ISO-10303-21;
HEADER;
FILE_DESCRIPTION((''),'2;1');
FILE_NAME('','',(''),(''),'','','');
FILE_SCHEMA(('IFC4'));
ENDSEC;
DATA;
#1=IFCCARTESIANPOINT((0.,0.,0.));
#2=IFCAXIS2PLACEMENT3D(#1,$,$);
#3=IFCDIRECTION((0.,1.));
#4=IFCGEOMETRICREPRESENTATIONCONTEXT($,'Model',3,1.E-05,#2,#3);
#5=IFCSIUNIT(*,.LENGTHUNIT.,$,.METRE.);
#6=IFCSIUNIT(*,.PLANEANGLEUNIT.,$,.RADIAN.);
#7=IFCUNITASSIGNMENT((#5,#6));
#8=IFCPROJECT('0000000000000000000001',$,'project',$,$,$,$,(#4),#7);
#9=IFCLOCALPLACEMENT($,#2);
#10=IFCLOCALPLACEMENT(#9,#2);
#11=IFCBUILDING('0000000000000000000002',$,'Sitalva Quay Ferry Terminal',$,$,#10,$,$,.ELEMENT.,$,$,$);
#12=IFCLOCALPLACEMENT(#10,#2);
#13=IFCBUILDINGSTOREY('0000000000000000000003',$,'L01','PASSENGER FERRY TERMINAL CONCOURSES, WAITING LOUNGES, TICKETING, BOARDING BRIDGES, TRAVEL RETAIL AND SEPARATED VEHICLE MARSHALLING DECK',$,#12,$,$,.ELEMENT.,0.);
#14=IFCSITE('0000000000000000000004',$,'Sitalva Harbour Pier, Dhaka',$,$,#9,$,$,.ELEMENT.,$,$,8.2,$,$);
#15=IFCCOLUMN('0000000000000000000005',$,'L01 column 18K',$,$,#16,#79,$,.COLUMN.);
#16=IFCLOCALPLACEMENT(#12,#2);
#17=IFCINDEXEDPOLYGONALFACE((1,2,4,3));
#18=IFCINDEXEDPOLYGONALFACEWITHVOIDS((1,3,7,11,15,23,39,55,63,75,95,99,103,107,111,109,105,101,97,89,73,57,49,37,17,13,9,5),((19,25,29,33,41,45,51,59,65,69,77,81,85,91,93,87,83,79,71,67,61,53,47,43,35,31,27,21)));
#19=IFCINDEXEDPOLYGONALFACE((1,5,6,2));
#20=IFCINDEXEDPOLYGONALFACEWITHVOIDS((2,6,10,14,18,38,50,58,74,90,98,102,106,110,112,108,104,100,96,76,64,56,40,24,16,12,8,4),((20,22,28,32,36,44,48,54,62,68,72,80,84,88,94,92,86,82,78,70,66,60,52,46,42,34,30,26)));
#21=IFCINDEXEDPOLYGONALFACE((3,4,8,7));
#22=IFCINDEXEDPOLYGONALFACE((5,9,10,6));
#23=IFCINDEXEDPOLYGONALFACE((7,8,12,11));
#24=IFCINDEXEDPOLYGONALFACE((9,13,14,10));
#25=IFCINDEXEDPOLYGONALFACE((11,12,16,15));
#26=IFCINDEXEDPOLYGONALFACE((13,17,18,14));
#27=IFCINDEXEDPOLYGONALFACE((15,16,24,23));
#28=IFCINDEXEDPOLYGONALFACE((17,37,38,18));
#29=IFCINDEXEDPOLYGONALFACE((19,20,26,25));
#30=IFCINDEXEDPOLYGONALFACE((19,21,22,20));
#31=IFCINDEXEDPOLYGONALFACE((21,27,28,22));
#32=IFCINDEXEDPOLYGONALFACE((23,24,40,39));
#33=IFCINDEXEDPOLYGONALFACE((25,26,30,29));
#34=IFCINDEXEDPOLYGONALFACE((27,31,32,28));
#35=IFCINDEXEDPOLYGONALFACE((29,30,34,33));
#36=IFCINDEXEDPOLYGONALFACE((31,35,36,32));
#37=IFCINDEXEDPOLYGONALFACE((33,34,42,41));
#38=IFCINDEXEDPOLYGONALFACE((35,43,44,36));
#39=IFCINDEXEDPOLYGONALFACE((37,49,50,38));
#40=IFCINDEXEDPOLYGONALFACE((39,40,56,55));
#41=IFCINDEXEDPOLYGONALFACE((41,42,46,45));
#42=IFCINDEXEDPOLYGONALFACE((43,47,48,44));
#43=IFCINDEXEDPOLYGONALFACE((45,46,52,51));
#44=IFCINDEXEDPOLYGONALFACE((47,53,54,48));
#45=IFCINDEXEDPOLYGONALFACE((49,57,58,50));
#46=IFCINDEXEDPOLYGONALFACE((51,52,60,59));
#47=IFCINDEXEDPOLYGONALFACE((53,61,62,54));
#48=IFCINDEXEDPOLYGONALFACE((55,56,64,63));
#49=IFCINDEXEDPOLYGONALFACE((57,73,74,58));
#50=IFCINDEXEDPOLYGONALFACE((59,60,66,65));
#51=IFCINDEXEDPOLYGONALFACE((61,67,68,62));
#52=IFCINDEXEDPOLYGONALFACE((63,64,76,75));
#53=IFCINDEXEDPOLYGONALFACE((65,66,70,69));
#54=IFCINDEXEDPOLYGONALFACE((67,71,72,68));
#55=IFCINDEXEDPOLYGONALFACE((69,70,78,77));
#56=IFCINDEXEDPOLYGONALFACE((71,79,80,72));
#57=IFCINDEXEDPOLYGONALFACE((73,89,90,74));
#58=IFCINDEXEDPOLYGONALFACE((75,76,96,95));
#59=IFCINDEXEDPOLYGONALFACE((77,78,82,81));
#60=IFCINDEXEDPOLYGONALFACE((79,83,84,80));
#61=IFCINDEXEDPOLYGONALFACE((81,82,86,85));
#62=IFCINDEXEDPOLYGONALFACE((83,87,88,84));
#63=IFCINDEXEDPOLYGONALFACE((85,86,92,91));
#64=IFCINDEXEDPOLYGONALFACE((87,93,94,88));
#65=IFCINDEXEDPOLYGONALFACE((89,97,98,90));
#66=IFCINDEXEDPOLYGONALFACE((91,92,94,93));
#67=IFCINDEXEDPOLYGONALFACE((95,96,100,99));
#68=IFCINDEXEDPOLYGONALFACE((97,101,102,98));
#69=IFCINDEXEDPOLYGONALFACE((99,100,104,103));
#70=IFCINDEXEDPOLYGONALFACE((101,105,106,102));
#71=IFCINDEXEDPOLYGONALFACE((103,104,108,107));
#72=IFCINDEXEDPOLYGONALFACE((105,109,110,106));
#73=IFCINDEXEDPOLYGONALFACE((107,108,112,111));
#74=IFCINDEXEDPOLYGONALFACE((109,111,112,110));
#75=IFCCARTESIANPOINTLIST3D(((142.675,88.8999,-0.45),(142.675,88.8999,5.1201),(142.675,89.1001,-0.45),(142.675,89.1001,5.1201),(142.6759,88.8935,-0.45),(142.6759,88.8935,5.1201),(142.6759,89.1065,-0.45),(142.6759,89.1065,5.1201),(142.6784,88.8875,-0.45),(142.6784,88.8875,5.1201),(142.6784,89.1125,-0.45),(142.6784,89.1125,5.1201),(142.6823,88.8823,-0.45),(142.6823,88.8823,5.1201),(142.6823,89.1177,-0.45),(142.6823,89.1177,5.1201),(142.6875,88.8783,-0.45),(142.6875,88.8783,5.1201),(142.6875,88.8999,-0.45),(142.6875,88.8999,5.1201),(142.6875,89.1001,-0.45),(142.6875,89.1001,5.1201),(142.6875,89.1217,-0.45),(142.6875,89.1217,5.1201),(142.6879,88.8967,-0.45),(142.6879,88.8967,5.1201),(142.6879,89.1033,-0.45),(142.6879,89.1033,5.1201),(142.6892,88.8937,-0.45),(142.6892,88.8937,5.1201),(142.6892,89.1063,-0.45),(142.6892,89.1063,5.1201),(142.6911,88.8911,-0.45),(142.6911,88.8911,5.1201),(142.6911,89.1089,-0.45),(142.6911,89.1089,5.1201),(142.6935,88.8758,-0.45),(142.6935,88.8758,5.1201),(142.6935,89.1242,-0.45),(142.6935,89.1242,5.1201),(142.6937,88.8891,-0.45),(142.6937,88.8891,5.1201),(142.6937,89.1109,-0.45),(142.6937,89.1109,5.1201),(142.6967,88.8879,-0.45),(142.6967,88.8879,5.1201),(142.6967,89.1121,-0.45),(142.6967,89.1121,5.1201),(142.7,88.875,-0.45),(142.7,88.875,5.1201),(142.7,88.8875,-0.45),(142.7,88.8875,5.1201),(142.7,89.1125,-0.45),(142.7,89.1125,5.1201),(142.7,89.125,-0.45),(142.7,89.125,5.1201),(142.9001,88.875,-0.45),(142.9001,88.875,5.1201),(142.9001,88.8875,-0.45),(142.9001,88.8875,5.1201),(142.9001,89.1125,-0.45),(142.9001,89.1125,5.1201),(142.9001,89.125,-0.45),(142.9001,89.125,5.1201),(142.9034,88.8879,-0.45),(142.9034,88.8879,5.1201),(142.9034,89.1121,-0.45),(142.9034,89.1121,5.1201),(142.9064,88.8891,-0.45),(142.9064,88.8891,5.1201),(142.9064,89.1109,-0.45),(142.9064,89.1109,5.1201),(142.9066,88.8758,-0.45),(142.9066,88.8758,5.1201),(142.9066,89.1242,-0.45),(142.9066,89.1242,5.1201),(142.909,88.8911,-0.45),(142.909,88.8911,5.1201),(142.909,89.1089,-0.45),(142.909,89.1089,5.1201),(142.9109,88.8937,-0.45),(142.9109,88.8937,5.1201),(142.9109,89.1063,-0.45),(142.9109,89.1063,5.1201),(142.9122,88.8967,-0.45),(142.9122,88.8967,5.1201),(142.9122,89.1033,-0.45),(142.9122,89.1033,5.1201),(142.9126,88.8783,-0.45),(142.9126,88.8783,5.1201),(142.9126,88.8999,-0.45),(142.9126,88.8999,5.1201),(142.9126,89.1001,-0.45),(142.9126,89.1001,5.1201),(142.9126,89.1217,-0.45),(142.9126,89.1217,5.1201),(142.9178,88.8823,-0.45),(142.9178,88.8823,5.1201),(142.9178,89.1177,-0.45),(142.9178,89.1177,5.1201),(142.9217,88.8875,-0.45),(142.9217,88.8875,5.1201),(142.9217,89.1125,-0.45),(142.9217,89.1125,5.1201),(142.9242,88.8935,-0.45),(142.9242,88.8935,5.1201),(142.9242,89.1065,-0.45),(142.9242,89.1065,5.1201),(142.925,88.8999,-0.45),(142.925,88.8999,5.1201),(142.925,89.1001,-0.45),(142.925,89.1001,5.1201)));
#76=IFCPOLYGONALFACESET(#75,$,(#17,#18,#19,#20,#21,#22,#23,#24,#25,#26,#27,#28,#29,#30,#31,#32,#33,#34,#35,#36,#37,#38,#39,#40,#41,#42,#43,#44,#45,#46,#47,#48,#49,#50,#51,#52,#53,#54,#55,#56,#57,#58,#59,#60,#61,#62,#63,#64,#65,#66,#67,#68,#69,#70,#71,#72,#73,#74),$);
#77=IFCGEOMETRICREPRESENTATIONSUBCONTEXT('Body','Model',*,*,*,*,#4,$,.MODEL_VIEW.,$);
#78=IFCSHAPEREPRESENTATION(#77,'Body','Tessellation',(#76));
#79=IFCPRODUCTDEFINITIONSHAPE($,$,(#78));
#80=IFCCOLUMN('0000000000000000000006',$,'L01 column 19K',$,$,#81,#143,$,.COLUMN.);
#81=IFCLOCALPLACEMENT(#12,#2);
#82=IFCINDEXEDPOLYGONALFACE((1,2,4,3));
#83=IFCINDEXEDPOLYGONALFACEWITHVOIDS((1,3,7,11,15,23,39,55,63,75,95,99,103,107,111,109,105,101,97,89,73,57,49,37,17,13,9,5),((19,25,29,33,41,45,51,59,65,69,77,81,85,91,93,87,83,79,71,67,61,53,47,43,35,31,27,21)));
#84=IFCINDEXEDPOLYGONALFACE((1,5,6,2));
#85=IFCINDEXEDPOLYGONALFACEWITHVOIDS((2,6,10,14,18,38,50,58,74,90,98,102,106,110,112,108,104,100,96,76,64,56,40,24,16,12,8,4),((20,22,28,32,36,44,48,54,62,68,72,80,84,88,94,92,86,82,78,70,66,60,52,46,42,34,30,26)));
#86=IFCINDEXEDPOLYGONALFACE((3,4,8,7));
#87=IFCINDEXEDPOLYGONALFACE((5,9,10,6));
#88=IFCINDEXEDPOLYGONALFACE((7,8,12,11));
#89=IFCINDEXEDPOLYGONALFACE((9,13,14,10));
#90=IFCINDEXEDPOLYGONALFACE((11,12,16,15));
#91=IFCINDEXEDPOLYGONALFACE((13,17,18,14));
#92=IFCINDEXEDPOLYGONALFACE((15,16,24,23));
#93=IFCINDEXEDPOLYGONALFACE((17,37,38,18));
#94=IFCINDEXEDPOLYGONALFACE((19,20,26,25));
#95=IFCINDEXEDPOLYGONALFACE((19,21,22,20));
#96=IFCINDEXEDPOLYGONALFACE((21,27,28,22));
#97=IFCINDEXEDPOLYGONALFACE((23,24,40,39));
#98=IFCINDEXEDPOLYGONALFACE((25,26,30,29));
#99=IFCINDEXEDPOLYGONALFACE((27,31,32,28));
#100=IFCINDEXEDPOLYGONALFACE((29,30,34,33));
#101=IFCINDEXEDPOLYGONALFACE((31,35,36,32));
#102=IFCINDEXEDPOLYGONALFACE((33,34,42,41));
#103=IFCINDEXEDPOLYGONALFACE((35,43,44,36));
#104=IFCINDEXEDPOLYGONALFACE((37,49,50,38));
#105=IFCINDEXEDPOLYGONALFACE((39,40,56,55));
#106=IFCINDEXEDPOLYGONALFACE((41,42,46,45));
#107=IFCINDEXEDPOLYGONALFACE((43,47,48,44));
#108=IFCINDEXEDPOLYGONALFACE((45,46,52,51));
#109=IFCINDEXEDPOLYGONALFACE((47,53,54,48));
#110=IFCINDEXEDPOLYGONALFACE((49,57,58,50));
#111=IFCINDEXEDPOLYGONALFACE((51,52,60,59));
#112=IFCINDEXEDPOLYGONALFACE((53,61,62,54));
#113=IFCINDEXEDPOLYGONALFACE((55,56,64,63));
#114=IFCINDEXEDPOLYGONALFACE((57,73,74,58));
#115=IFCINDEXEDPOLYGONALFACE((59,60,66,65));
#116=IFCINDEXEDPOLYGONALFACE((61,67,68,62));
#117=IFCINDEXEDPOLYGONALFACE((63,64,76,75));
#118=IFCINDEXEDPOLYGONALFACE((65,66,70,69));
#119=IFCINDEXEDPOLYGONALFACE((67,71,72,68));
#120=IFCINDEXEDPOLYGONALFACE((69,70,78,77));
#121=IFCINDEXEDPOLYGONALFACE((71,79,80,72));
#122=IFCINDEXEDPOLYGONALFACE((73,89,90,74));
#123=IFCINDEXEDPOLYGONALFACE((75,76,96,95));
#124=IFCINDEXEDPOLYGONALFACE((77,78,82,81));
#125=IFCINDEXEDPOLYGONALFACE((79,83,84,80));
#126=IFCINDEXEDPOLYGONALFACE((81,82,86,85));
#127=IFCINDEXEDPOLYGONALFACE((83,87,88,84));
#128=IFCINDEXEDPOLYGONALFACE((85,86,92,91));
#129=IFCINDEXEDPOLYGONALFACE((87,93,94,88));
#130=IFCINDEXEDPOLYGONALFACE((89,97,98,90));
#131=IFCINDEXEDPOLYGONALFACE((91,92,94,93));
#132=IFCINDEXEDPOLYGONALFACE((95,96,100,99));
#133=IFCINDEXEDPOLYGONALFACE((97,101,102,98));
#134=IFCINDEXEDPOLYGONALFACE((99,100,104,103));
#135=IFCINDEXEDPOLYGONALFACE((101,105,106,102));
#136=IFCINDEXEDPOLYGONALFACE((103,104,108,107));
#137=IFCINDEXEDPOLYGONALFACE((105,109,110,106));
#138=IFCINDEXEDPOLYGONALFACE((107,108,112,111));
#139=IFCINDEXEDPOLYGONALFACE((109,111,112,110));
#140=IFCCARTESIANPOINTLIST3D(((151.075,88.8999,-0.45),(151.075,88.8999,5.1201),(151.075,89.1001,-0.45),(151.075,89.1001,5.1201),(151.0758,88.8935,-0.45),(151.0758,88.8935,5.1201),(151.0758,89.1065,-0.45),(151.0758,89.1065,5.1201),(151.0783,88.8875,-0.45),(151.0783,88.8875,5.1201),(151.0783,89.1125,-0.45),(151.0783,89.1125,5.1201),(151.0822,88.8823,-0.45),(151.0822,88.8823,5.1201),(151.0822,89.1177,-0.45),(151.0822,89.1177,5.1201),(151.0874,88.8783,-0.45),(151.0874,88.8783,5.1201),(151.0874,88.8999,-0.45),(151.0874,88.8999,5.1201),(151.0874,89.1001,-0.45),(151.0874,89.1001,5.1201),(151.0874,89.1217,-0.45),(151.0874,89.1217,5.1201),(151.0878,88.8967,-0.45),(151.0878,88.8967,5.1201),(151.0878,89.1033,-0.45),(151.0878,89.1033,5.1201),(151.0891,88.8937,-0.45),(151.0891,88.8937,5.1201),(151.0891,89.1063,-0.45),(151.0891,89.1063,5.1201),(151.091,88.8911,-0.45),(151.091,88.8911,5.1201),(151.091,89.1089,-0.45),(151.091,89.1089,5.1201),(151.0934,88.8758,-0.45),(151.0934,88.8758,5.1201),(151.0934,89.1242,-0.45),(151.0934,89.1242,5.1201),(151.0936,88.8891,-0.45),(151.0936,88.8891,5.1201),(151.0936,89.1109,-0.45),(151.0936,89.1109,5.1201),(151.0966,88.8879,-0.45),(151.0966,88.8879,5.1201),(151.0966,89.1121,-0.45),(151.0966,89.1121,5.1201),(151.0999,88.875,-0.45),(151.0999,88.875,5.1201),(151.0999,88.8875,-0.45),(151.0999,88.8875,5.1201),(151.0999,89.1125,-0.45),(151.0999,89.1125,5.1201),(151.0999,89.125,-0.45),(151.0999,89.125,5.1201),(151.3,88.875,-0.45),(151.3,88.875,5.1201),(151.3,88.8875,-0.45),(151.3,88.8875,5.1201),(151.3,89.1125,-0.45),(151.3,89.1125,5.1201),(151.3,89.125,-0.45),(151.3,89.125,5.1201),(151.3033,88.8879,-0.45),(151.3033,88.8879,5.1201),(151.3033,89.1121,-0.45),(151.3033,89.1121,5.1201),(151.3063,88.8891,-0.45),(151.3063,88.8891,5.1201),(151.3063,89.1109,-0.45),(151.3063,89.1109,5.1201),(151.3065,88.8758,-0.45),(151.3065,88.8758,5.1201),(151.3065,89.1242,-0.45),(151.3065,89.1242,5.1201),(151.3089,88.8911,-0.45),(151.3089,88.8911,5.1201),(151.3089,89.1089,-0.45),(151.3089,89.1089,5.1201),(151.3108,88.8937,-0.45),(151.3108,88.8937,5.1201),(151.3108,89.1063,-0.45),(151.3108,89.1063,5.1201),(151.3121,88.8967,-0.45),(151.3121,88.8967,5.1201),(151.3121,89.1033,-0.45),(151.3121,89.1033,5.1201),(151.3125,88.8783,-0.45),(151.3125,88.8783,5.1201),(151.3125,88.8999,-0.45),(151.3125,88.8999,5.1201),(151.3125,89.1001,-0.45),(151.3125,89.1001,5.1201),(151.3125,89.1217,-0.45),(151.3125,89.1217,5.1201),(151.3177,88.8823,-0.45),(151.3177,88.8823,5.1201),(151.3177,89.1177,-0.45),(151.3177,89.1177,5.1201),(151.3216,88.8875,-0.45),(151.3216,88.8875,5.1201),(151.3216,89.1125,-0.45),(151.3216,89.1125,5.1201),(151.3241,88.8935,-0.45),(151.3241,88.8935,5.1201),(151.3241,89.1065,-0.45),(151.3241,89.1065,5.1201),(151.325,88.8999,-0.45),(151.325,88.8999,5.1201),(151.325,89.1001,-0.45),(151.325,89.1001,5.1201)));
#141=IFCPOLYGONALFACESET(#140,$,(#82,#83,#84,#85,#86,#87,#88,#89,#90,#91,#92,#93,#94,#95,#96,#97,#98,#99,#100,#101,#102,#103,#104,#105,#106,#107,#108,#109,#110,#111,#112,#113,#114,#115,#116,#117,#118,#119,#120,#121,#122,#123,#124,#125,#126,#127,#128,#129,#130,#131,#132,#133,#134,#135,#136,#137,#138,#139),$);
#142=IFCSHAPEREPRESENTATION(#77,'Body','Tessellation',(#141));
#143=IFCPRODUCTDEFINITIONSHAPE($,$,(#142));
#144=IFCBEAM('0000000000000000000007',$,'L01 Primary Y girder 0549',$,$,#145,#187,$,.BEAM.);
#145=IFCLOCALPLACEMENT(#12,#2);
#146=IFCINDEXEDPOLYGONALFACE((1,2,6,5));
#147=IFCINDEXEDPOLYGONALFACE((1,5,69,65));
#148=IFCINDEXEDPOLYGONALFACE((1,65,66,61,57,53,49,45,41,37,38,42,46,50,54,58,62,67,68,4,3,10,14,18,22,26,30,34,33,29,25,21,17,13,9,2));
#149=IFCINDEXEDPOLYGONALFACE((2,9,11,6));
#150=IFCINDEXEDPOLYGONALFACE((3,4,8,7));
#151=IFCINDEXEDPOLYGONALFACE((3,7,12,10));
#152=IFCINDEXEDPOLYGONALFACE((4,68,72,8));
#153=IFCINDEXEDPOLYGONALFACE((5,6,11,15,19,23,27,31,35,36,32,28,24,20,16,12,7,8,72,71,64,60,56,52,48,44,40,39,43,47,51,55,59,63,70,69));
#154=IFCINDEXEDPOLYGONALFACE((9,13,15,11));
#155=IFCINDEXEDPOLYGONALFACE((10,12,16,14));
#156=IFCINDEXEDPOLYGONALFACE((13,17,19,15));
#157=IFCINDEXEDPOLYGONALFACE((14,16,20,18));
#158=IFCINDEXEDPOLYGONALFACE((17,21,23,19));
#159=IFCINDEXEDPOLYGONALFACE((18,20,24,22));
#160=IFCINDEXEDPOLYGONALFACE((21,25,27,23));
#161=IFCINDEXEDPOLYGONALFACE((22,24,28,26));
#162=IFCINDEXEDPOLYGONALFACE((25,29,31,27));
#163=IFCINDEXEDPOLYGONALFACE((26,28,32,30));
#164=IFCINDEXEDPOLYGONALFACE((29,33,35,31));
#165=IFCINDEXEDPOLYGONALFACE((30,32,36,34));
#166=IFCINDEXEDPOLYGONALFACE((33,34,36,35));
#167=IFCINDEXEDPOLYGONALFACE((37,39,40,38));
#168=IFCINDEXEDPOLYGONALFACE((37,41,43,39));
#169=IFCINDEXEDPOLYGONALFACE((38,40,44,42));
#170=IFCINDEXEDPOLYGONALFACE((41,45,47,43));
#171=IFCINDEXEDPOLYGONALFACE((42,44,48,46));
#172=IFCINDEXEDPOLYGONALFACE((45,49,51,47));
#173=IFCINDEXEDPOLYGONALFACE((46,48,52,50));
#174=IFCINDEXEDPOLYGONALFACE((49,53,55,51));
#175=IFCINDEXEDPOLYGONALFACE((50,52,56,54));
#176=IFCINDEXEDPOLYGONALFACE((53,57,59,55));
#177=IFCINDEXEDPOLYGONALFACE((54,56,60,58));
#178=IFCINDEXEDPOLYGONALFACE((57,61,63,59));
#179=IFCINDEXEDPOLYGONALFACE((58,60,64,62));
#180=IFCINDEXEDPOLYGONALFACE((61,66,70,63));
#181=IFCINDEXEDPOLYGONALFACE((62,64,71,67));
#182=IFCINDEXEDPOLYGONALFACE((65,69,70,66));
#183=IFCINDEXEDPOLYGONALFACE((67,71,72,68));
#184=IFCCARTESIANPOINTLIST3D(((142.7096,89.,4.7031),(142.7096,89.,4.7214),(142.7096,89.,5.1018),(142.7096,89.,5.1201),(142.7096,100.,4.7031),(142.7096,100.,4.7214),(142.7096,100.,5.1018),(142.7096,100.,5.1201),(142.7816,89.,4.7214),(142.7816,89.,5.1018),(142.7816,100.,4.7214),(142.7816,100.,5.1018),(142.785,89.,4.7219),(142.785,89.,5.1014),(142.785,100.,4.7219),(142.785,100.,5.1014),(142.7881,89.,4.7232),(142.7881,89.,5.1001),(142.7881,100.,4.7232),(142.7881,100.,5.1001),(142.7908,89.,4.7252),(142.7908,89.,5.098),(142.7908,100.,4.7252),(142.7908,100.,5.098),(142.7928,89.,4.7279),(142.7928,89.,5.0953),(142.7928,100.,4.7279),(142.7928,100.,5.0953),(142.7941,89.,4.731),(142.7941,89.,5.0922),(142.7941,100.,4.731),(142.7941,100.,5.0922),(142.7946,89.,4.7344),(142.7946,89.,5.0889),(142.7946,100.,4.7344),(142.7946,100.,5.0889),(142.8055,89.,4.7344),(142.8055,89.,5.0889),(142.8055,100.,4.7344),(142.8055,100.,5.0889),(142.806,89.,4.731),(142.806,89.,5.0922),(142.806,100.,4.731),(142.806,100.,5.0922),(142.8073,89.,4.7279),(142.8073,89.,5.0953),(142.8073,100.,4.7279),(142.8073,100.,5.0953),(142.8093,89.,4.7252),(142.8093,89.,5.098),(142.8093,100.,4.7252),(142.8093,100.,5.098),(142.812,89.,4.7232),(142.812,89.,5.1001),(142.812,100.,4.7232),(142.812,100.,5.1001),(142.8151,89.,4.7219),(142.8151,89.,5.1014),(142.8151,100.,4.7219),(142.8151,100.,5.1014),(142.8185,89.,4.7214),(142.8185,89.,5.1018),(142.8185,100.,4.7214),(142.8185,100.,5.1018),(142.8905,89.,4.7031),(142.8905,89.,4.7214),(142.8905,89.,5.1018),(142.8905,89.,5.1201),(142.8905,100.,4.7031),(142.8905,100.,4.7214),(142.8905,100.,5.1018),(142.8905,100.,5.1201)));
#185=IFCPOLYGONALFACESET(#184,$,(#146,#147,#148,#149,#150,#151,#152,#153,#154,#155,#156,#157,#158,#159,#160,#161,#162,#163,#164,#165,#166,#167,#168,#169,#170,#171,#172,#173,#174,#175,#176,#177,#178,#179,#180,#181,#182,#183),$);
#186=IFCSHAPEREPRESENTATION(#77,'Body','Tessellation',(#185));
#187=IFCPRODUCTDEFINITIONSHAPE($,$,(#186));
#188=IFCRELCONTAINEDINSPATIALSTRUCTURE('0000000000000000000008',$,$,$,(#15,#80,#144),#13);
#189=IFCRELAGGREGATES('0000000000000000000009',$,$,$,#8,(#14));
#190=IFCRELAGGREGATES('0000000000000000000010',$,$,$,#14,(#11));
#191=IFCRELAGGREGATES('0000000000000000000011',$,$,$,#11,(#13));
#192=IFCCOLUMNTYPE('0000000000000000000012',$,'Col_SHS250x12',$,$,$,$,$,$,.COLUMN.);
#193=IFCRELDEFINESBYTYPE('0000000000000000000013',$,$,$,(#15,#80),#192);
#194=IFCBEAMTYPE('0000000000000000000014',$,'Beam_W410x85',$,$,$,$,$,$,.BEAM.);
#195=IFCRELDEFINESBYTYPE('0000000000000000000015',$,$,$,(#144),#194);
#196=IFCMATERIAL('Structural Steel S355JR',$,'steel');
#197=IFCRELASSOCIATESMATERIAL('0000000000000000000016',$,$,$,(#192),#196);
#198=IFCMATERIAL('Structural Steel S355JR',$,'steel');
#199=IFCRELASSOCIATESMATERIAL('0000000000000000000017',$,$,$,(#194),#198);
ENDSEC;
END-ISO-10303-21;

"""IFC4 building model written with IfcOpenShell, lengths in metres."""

from ifc_helpers import new_model, si_unit, direction, frame, origin, origin_2d, place, context, subcontext, project, spatial, hollow_rectangle, i_section, extrude, material, material_profile, profile_set, type_object, element, save


model = new_model("IFC4")

# Units and contexts
model_context = context("Model", 3, precision=1e-05, world=origin(), true_north=direction((0.0, 1.0)))
body_context = subcontext(model_context, "Body", "Model", "MODEL_VIEW")
ifc_project = project(units=[si_unit("LENGTHUNIT", "METRE"), si_unit("PLANEANGLEUNIT", "RADIAN")], contexts=[model_context])

# Site, building, storey
site_placement = place(None, origin())
site = spatial("IfcSite", under=ifc_project, at=site_placement, Name="Sitalva Harbour Pier, Dhaka", CompositionType="ELEMENT", RefElevation=8.2)
building_placement = place(site_placement, origin())
building = spatial("IfcBuilding", under=site, at=building_placement, Name="Sitalva Quay Ferry Terminal", CompositionType="ELEMENT")
storey_placement = place(building_placement, origin())
storey = spatial("IfcBuildingStorey", under=building, at=storey_placement, Name="L01", Description="PASSENGER FERRY TERMINAL CONCOURSES, WAITING LOUNGES, TICKETING, BOARDING BRIDGES, TRAVEL RETAIL AND SEPARATED VEHICLE MARSHALLING DECK", CompositionType="ELEMENT", Elevation=0.0)

# Columns
ifc_material_1 = material(Name="Structural Steel S355JR", Category="steel")
ifc_material_profile_1 = material_profile(ifc_material_1, hollow_rectangle(XDim=0.25, YDim=0.25, WallThickness=0.0125, InnerFilletRadius=0.0125, OuterFilletRadius=0.0249, at=origin_2d()), Name="SHS250x250x12.5")
ifc_profile_set_1 = profile_set([ifc_material_profile_1], Name="Structural Steel S355JR")
column_type = type_object("IfcColumnType", Name="Col_SHS250x12", PredefinedType="COLUMN", material=ifc_profile_set_1)
for number, where, z_axis, x_axis, name in (
    (1, (142.8, 89.0, -0.45), (0.0, 0.0, 1.0), (1.0, 0.0, 0.0), "L01 column 18K"),
    (2, (151.2, 89.0, -0.45), (0.0, 0.0, 1.0), (1.0, 0.0, 0.0), "L01 column 19K"),
):
    element("IfcColumn", number, at=place(storey_placement, frame(where, z_axis=z_axis, x_axis=x_axis)), inside=storey, type_object=column_type, Name=name, PredefinedType="COLUMN", context=body_context, shape_type="SweptSolid", body=[
        extrude(hollow_rectangle(XDim=0.25, YDim=0.25, WallThickness=0.0125, InnerFilletRadius=0.0125, OuterFilletRadius=0.0249, at=origin_2d()), origin(), (0.0, 0.0, 1.0), 5.5701),
    ])

# Beam
ifc_material_2 = material(Name="Structural Steel S355JR", Category="steel")
ifc_material_profile_2 = material_profile(ifc_material_2, i_section(OverallWidth=0.1809, OverallDepth=0.417, WebThickness=0.011, FlangeThickness=0.0183, FilletRadius=0.0129, at=origin_2d()), Name="W410x85")
ifc_profile_set_2 = profile_set([ifc_material_profile_2], Name="Structural Steel S355JR")
beam_type_1 = type_object("IfcBeamType", Name="Beam_W410x85", PredefinedType="BEAM", material=ifc_profile_set_2)
for number, where, z_axis, x_axis, name in (
    (3, (142.8, 89.0, 4.9116), (0.0, 1.0, 0.0), (-1.0, 0.0, 0.0), "L01 Primary Y girder 0549"),
):
    element("IfcBeam", number, at=place(storey_placement, frame(where, z_axis=z_axis, x_axis=x_axis)), inside=storey, type_object=beam_type_1, Name=name, PredefinedType="BEAM", context=body_context, shape_type="SweptSolid", body=[
        extrude(i_section(OverallWidth=0.1809, OverallDepth=0.417, WebThickness=0.011, FlangeThickness=0.0183, FilletRadius=0.0129, at=origin_2d()), origin(), (0.0, 0.0, 1.0), 11.0),
    ])

save(model, "model.ifc")
